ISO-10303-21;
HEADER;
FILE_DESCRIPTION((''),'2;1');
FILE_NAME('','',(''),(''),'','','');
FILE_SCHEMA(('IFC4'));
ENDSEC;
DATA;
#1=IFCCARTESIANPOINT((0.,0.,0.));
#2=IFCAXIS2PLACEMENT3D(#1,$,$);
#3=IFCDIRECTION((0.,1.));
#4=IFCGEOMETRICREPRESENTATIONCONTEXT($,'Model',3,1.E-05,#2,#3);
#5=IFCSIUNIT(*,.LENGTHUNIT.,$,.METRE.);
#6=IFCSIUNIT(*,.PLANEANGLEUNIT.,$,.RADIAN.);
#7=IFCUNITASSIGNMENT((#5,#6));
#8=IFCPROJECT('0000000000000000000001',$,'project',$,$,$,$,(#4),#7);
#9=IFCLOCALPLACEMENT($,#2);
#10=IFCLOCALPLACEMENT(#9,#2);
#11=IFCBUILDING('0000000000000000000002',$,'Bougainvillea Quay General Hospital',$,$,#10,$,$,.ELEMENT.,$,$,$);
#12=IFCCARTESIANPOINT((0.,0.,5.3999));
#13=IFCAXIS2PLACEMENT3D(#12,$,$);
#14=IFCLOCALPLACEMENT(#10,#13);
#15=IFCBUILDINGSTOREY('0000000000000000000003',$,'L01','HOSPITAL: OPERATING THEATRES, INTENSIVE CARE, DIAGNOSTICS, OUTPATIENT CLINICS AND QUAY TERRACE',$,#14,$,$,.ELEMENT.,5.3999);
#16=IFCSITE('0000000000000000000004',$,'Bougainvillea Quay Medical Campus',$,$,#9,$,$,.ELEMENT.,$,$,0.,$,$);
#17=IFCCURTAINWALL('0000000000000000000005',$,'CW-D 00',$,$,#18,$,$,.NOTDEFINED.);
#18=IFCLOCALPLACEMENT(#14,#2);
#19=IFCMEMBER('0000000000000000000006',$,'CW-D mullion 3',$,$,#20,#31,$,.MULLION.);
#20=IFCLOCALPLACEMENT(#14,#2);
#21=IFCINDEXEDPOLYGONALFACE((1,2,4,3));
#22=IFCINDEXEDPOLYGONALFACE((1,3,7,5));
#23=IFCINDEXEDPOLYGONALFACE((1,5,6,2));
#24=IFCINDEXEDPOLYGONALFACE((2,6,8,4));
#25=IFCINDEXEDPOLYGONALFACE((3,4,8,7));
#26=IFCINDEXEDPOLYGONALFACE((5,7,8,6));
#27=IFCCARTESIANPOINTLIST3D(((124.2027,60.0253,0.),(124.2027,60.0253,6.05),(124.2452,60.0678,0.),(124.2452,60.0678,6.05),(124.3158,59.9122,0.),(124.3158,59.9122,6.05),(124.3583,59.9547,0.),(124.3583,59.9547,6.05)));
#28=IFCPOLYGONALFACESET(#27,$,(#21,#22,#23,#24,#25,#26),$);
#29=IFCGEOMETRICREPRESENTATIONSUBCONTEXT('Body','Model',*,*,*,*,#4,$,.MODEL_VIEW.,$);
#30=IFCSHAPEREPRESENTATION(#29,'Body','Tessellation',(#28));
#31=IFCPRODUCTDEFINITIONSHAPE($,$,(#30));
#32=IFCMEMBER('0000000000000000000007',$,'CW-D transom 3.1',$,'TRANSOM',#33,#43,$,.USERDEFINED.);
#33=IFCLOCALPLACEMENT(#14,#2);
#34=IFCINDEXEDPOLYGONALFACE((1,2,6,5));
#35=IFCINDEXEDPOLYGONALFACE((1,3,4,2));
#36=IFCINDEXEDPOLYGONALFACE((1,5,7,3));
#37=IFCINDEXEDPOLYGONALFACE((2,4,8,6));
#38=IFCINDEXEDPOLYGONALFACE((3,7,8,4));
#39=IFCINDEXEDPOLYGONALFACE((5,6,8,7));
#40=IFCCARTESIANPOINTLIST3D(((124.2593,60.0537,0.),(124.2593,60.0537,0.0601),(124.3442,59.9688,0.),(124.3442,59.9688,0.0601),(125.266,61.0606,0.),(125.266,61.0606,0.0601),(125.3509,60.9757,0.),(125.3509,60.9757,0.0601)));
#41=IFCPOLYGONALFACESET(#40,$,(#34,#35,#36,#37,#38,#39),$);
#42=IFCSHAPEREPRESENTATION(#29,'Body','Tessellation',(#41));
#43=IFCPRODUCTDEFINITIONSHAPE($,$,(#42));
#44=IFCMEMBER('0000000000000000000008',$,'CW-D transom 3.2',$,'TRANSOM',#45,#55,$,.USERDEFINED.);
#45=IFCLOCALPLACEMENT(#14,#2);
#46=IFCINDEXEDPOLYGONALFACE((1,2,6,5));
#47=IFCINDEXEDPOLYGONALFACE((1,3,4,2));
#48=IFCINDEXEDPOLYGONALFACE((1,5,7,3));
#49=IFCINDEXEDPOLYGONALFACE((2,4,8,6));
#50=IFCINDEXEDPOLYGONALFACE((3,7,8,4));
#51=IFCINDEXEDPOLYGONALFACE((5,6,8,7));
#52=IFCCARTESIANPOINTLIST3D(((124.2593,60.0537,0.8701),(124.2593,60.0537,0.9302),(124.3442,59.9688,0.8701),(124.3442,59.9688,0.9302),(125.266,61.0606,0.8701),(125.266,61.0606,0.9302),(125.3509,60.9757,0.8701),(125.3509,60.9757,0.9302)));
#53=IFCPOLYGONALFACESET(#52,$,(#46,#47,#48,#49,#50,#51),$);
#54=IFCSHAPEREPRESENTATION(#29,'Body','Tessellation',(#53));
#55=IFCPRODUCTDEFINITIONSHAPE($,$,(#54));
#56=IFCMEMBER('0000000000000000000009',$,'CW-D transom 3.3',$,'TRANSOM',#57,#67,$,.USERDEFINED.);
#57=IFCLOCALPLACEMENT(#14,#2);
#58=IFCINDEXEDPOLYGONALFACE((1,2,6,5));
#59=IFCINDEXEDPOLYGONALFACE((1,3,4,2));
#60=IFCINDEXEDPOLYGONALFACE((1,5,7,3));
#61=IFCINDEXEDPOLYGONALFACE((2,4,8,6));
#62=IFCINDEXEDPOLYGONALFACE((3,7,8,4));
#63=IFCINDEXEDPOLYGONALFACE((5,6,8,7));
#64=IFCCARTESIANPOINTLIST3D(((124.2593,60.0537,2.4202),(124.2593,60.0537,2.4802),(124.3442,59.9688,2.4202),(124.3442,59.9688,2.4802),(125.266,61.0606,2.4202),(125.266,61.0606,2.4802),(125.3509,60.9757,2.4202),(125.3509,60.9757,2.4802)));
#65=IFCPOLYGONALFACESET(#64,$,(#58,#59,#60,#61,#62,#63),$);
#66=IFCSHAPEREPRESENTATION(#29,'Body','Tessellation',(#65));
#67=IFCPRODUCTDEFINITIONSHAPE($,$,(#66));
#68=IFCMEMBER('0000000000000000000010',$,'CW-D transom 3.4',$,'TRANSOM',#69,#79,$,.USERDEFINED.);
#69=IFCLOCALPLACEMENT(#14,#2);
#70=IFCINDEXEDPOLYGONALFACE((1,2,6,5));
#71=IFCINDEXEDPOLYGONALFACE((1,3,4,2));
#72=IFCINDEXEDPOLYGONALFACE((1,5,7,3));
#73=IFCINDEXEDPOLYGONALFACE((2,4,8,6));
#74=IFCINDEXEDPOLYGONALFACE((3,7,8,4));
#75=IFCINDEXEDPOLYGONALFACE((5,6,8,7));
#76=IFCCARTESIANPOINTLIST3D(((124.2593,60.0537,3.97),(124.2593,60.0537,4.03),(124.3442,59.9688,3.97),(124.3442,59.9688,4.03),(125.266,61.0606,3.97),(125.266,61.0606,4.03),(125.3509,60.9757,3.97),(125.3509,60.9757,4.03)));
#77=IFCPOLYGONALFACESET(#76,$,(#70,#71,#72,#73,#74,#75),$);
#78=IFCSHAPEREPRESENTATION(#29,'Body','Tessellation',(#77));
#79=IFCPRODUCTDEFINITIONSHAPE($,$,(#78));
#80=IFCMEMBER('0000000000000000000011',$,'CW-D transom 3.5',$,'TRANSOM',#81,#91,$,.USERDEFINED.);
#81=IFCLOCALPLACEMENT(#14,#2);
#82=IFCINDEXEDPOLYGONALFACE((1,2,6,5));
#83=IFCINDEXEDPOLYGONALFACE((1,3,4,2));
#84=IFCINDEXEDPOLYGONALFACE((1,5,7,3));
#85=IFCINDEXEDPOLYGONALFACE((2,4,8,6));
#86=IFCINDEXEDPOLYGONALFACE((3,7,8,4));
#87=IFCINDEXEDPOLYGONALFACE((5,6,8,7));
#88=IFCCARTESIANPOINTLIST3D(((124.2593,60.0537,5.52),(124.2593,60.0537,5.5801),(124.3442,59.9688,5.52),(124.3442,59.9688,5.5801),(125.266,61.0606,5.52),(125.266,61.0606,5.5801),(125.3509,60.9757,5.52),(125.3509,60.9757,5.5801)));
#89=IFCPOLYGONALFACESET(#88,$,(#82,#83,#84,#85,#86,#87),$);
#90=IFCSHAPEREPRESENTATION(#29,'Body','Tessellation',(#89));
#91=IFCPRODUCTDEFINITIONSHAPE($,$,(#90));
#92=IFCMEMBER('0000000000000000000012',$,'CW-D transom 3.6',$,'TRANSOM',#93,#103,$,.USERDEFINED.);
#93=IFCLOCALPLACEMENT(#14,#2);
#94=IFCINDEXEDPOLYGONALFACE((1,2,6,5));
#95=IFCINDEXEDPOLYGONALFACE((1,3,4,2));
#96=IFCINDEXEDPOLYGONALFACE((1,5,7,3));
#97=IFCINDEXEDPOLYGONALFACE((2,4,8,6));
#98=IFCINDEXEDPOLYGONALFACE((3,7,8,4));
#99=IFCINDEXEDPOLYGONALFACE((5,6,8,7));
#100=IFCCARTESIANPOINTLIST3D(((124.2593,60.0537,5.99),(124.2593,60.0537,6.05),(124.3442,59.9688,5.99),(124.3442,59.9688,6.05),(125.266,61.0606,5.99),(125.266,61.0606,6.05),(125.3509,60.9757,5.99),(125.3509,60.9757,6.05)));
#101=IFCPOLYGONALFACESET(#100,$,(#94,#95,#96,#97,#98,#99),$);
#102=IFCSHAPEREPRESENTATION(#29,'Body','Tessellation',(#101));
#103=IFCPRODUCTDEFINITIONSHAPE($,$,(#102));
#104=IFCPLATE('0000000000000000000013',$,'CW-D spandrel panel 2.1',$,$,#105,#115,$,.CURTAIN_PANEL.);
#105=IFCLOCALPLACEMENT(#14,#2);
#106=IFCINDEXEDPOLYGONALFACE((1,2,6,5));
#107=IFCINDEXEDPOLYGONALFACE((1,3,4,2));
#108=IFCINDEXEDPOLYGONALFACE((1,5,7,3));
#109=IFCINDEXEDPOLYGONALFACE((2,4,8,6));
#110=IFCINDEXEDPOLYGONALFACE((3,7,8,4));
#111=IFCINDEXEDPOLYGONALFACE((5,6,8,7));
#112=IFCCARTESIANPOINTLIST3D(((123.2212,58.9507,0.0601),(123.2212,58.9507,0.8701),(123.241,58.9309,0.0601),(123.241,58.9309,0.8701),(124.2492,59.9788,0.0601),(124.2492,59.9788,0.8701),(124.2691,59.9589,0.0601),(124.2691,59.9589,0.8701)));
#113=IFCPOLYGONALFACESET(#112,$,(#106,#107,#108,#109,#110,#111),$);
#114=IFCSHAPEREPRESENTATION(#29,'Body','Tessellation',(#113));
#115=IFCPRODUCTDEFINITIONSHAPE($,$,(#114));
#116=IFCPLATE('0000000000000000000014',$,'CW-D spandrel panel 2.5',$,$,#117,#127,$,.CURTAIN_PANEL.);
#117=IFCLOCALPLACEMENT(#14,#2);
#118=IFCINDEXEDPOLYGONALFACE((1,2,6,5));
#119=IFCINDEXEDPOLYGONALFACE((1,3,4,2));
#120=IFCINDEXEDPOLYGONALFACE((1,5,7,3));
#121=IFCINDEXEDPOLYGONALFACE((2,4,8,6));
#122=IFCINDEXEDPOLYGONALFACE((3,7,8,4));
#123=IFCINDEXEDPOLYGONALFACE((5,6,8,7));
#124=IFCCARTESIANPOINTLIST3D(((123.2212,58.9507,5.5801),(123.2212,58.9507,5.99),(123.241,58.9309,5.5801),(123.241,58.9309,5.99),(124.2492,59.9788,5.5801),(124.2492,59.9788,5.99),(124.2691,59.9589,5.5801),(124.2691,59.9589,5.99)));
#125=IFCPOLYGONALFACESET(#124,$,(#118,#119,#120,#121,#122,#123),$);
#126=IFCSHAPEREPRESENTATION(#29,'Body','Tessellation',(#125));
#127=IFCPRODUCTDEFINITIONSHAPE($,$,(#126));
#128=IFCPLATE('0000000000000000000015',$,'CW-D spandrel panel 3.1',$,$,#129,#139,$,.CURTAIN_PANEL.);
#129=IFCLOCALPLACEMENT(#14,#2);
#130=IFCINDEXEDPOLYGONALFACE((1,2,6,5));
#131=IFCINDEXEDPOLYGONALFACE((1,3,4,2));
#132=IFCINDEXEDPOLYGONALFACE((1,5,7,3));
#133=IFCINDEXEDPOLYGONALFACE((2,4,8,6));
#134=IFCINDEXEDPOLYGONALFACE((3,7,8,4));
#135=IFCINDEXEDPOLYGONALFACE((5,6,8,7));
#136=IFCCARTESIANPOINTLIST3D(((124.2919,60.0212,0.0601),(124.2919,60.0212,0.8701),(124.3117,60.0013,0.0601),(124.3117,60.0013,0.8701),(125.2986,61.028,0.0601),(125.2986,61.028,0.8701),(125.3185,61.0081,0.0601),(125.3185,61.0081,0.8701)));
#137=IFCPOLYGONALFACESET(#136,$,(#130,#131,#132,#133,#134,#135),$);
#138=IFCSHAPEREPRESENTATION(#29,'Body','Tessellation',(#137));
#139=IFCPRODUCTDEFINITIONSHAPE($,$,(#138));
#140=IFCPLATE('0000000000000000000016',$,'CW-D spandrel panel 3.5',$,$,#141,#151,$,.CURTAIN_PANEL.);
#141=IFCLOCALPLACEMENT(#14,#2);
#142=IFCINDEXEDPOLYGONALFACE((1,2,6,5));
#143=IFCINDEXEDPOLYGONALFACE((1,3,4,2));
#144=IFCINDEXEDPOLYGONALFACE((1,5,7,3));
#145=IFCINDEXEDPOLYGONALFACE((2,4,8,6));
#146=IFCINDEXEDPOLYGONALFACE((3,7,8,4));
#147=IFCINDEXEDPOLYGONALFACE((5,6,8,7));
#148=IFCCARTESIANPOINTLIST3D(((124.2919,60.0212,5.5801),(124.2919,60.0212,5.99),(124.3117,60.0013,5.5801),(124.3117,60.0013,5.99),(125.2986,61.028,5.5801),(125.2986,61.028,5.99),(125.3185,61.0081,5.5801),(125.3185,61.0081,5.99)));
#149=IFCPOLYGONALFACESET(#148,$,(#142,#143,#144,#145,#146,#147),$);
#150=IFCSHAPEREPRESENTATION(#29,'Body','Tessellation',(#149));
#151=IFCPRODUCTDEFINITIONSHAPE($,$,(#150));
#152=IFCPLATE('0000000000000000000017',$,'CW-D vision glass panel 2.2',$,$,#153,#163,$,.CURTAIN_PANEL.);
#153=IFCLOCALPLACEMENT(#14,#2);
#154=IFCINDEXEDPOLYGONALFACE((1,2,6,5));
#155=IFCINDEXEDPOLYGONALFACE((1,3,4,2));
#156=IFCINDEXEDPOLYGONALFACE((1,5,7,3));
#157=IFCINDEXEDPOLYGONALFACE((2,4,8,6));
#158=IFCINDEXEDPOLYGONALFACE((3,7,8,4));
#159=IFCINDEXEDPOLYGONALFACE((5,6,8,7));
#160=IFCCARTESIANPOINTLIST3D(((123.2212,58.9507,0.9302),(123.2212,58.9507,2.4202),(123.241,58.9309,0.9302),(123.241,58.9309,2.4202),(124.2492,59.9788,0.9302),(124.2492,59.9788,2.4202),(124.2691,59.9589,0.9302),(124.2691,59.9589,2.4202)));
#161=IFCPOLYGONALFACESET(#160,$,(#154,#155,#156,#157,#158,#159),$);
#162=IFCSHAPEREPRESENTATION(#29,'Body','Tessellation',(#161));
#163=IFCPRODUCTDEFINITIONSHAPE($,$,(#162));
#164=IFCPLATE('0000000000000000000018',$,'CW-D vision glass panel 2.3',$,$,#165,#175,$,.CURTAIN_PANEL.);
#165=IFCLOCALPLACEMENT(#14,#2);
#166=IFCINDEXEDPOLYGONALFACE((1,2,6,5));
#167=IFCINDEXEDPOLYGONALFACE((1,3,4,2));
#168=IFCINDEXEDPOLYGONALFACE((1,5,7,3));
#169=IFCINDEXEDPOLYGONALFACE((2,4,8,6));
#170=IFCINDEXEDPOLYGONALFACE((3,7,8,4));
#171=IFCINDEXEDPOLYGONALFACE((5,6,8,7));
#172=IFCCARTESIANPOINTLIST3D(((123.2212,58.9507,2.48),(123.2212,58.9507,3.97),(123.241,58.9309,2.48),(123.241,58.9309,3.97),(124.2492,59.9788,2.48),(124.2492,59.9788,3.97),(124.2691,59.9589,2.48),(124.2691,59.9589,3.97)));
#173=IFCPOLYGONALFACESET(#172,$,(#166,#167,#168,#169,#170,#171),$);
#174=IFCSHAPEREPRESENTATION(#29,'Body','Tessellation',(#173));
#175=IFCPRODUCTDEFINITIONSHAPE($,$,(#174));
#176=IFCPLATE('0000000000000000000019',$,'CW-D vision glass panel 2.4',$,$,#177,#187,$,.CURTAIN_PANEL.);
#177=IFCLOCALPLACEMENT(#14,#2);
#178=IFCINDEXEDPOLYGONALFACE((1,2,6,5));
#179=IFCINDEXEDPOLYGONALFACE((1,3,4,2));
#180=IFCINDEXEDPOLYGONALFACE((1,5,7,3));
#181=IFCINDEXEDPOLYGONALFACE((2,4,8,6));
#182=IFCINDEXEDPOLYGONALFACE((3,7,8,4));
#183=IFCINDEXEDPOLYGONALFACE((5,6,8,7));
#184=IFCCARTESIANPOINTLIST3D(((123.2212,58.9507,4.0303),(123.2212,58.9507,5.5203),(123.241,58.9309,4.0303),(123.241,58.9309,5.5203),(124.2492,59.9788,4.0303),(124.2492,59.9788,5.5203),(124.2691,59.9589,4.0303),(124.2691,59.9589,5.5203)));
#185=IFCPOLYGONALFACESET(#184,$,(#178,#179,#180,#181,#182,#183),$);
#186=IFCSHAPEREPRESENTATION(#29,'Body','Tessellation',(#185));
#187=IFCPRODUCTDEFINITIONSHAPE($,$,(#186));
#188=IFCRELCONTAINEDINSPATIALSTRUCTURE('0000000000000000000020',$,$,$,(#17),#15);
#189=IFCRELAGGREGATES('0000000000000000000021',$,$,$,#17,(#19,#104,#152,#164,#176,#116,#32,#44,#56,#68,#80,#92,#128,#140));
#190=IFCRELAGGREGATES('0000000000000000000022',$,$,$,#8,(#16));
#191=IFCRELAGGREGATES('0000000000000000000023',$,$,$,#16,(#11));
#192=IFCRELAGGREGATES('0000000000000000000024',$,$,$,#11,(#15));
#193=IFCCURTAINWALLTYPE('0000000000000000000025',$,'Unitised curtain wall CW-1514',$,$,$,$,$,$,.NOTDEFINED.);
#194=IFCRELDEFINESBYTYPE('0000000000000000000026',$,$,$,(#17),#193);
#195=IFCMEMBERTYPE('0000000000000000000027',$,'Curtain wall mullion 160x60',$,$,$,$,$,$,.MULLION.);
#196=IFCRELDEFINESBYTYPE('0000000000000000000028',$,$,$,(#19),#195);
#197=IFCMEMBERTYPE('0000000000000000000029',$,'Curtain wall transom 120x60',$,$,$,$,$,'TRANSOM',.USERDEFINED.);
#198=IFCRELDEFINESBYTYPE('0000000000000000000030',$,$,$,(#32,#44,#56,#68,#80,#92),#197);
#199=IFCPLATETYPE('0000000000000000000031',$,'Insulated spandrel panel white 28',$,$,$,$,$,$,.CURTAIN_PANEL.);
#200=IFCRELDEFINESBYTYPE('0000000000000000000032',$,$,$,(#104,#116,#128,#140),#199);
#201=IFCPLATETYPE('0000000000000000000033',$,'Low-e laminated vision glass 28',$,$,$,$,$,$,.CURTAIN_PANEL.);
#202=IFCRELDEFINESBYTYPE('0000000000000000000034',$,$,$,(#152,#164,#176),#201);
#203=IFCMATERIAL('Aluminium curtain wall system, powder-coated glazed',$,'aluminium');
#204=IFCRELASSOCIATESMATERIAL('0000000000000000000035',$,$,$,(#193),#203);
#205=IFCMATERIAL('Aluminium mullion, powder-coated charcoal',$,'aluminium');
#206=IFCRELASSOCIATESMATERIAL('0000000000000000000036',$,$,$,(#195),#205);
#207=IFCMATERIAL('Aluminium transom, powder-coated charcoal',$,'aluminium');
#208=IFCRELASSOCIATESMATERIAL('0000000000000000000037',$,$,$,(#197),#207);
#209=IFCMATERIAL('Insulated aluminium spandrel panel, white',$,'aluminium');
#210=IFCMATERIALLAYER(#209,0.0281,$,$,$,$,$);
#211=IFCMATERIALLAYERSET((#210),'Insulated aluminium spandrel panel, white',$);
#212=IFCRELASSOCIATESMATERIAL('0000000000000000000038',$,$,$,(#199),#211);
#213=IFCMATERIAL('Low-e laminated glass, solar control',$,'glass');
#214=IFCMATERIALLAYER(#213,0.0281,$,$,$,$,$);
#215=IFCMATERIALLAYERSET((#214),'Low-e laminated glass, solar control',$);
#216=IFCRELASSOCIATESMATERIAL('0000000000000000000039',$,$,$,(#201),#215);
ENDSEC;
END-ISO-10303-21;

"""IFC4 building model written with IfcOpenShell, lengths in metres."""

from ifc_helpers import new_model, si_unit, direction, frame, origin, origin_2d, place, context, subcontext, project, spatial, rectangle, extrude, material, layer, layer_set, material_profile, profile_set, type_object, element, aggregate, save


model = new_model("IFC4")

# Units and contexts
model_context = context("Model", 3, precision=1e-05, world=origin(), true_north=direction((0.0, 1.0)))
body_context = subcontext(model_context, "Body", "Model", "MODEL_VIEW")
ifc_project = project(units=[si_unit("LENGTHUNIT", "METRE"), si_unit("PLANEANGLEUNIT", "RADIAN")], contexts=[model_context])

# Site, building, storey
site_placement = place(None, origin())
site = spatial("IfcSite", under=ifc_project, at=site_placement, Name="Bougainvillea Quay Medical Campus", CompositionType="ELEMENT", RefElevation=0.0)
building_placement = place(site_placement, origin())
building = spatial("IfcBuilding", under=site, at=building_placement, Name="Bougainvillea Quay General Hospital", CompositionType="ELEMENT")
storey_placement = place(building_placement, frame((0.0, 0.0, 5.3999)))
storey = spatial("IfcBuildingStorey", under=building, at=storey_placement, Name="L01", Description="HOSPITAL: OPERATING THEATRES, INTENSIVE CARE, DIAGNOSTICS, OUTPATIENT CLINICS AND QUAY TERRACE", CompositionType="ELEMENT", Elevation=5.3999)

# Curtain wall, members, plates
ifc_material_1 = material(Name="Aluminium curtain wall system, powder-coated glazed", Category="aluminium")
curtain_wall_type = type_object("IfcCurtainWallType", Name="Unitised curtain wall CW-1514", PredefinedType="NOTDEFINED", material=ifc_material_1)
curtain_wall_placement = place(storey_placement, origin())
curtain_wall = element("IfcCurtainWall", 1, at=curtain_wall_placement, inside=storey, type_object=curtain_wall_type, Name="CW-D 00", PredefinedType="NOTDEFINED")
ifc_material_2 = material(Name="Aluminium mullion, powder-coated charcoal", Category="aluminium")
ifc_material_profile_1 = material_profile(ifc_material_2, rectangle(XDim=0.1599, YDim=0.0601, at=origin_2d()))
ifc_profile_set_1 = profile_set([ifc_material_profile_1], Name="Aluminium mullion, powder-coated charcoal")
member_type_1 = type_object("IfcMemberType", Name="Curtain wall mullion 160x60", PredefinedType="MULLION", material=ifc_profile_set_1)
member_1_placement = place(storey_placement, frame((124.2805, 59.99, 0.0), z_axis=(0.0, 0.0, 1.0), x_axis=(-0.707107, 0.707107, 0.0)))
member_1 = element("IfcMember", 2, at=member_1_placement, type_object=member_type_1, Name="CW-D mullion 3", PredefinedType="MULLION", context=body_context, shape_type="SweptSolid", body=[
    extrude(rectangle(XDim=0.1599, YDim=0.0601, at=origin_2d()), origin(), (0.0, 0.0, 1.0), 6.05),
])
ifc_material_3 = material(Name="Aluminium transom, powder-coated charcoal", Category="aluminium")
ifc_material_profile_2 = material_profile(ifc_material_3, rectangle(XDim=0.1201, YDim=0.0601, at=origin_2d()))
ifc_profile_set_2 = profile_set([ifc_material_profile_2], Name="Aluminium transom, powder-coated charcoal")
member_type_2 = type_object("IfcMemberType", Name="Curtain wall transom 120x60", ElementType="TRANSOM", PredefinedType="USERDEFINED", material=ifc_profile_set_2)
member_2_placement = place(storey_placement, frame((124.3018, 60.0112, 0.03), z_axis=(0.707021, 0.707193, 0.0), x_axis=(-0.707193, 0.707021, 0.0)))
member_2 = element("IfcMember", 3, at=member_2_placement, type_object=member_type_2, Name="CW-D transom 3.1", ObjectType="TRANSOM", PredefinedType="USERDEFINED", context=body_context, shape_type="SweptSolid", body=[
    extrude(rectangle(XDim=0.1201, YDim=0.0601, at=origin_2d()), origin(), (0.0, 0.0, 1.0), 1.4238),
])
member_3_placement = place(storey_placement, frame((124.3018, 60.0112, 0.9001), z_axis=(0.707021, 0.707193, 0.0), x_axis=(-0.707193, 0.707021, 0.0)))
member_3 = element("IfcMember", 4, at=member_3_placement, type_object=member_type_2, Name="CW-D transom 3.2", ObjectType="TRANSOM", PredefinedType="USERDEFINED", context=body_context, shape_type="SweptSolid", body=[
    extrude(rectangle(XDim=0.1201, YDim=0.0601, at=origin_2d()), origin(), (0.0, 0.0, 1.0), 1.4238),
])
member_4_placement = place(storey_placement, frame((124.3018, 60.0112, 2.4502), z_axis=(0.707021, 0.707193, 0.0), x_axis=(-0.707193, 0.707021, 0.0)))
member_4 = element("IfcMember", 5, at=member_4_placement, type_object=member_type_2, Name="CW-D transom 3.3", ObjectType="TRANSOM", PredefinedType="USERDEFINED", context=body_context, shape_type="SweptSolid", body=[
    extrude(rectangle(XDim=0.1201, YDim=0.0601, at=origin_2d()), origin(), (0.0, 0.0, 1.0), 1.4238),
])
member_5_placement = place(storey_placement, frame((124.3018, 60.0112, 4.0), z_axis=(0.707021, 0.707193, 0.0), x_axis=(-0.707193, 0.707021, 0.0)))
member_5 = element("IfcMember", 6, at=member_5_placement, type_object=member_type_2, Name="CW-D transom 3.4", ObjectType="TRANSOM", PredefinedType="USERDEFINED", context=body_context, shape_type="SweptSolid", body=[
    extrude(rectangle(XDim=0.1201, YDim=0.0601, at=origin_2d()), origin(), (0.0, 0.0, 1.0), 1.4238),
])
member_6_placement = place(storey_placement, frame((124.3018, 60.0112, 5.55), z_axis=(0.707021, 0.707193, 0.0), x_axis=(-0.707193, 0.707021, 0.0)))
member_6 = element("IfcMember", 7, at=member_6_placement, type_object=member_type_2, Name="CW-D transom 3.5", ObjectType="TRANSOM", PredefinedType="USERDEFINED", context=body_context, shape_type="SweptSolid", body=[
    extrude(rectangle(XDim=0.1201, YDim=0.0601, at=origin_2d()), origin(), (0.0, 0.0, 1.0), 1.4238),
])
member_7_placement = place(storey_placement, frame((124.3018, 60.0112, 6.02), z_axis=(0.707021, 0.707193, 0.0), x_axis=(-0.707193, 0.707021, 0.0)))
member_7 = element("IfcMember", 8, at=member_7_placement, type_object=member_type_2, Name="CW-D transom 3.6", ObjectType="TRANSOM", PredefinedType="USERDEFINED", context=body_context, shape_type="SweptSolid", body=[
    extrude(rectangle(XDim=0.1201, YDim=0.0601, at=origin_2d()), origin(), (0.0, 0.0, 1.0), 1.4238),
])
ifc_material_4 = material(Name="Insulated aluminium spandrel panel, white", Category="aluminium")
ifc_layer_1 = layer(ifc_material_4, 0.0281)
ifc_layer_set_1 = layer_set([ifc_layer_1], Name="Insulated aluminium spandrel panel, white")
plate_type_1 = type_object("IfcPlateType", Name="Insulated spandrel panel white 28", PredefinedType="CURTAIN_PANEL", material=ifc_layer_set_1)
plate_1_placement = place(storey_placement, frame((123.7451, 59.4548, 0.0601), z_axis=(0.0, 0.0, 1.0), x_axis=(0.707107, 0.707107, 0.0)))
plate_1 = element("IfcPlate", 9, at=plate_1_placement, type_object=plate_type_1, Name="CW-D spandrel panel 2.1", PredefinedType="CURTAIN_PANEL", context=body_context, shape_type="SweptSolid", body=[
    extrude(rectangle(XDim=1.4539, YDim=0.0281, at=origin_2d()), origin(), (0.0, 0.0, 1.0), 0.8101),
])
plate_2_placement = place(storey_placement, frame((123.7451, 59.4548, 5.5801), z_axis=(0.0, 0.0, 1.0), x_axis=(0.707107, 0.707107, 0.0)))
plate_2 = element("IfcPlate", 10, at=plate_2_placement, type_object=plate_type_1, Name="CW-D spandrel panel 2.5", PredefinedType="CURTAIN_PANEL", context=body_context, shape_type="SweptSolid", body=[
    extrude(rectangle(XDim=1.4539, YDim=0.0281, at=origin_2d()), origin(), (0.0, 0.0, 1.0), 0.4099),
])
plate_3_placement = place(storey_placement, frame((124.8052, 60.5146, 0.0601), z_axis=(0.0, 0.0, 1.0), x_axis=(0.707107, 0.707107, 0.0)))
plate_3 = element("IfcPlate", 11, at=plate_3_placement, type_object=plate_type_1, Name="CW-D spandrel panel 3.1", PredefinedType="CURTAIN_PANEL", context=body_context, shape_type="SweptSolid", body=[
    extrude(rectangle(XDim=1.4238, YDim=0.0281, at=origin_2d()), origin(), (0.0, 0.0, 1.0), 0.8101),
])
plate_4_placement = place(storey_placement, frame((124.8052, 60.5146, 5.5801), z_axis=(0.0, 0.0, 1.0), x_axis=(0.707107, 0.707107, 0.0)))
plate_4 = element("IfcPlate", 12, at=plate_4_placement, type_object=plate_type_1, Name="CW-D spandrel panel 3.5", PredefinedType="CURTAIN_PANEL", context=body_context, shape_type="SweptSolid", body=[
    extrude(rectangle(XDim=1.4238, YDim=0.0281, at=origin_2d()), origin(), (0.0, 0.0, 1.0), 0.4099),
])
ifc_material_5 = material(Name="Low-e laminated glass, solar control", Category="glass")
ifc_layer_2 = layer(ifc_material_5, 0.0281)
ifc_layer_set_2 = layer_set([ifc_layer_2], Name="Low-e laminated glass, solar control")
plate_type_2 = type_object("IfcPlateType", Name="Low-e laminated vision glass 28", PredefinedType="CURTAIN_PANEL", material=ifc_layer_set_2)
plate_5_placement = place(storey_placement, frame((123.7451, 59.4548, 0.9302), z_axis=(0.0, 0.0, 1.0), x_axis=(0.707107, 0.707107, 0.0)))
plate_5 = element("IfcPlate", 13, at=plate_5_placement, type_object=plate_type_2, Name="CW-D vision glass panel 2.2", PredefinedType="CURTAIN_PANEL", context=body_context, shape_type="SweptSolid", body=[
    extrude(rectangle(XDim=1.4539, YDim=0.0281, at=origin_2d()), origin(), (0.0, 0.0, 1.0), 1.49),
])
plate_6_placement = place(storey_placement, frame((123.7451, 59.4548, 2.48), z_axis=(0.0, 0.0, 1.0), x_axis=(0.707107, 0.707107, 0.0)))
plate_6 = element("IfcPlate", 14, at=plate_6_placement, type_object=plate_type_2, Name="CW-D vision glass panel 2.3", PredefinedType="CURTAIN_PANEL", context=body_context, shape_type="SweptSolid", body=[
    extrude(rectangle(XDim=1.4539, YDim=0.0281, at=origin_2d()), origin(), (0.0, 0.0, 1.0), 1.49),
])
plate_7_placement = place(storey_placement, frame((123.7451, 59.4548, 4.0303), z_axis=(0.0, 0.0, 1.0), x_axis=(0.707107, 0.707107, 0.0)))
plate_7 = element("IfcPlate", 15, at=plate_7_placement, type_object=plate_type_2, Name="CW-D vision glass panel 2.4", PredefinedType="CURTAIN_PANEL", context=body_context, shape_type="SweptSolid", body=[
    extrude(rectangle(XDim=1.4539, YDim=0.0281, at=origin_2d()), origin(), (0.0, 0.0, 1.0), 1.49),
])
aggregate(curtain_wall, [member_1, plate_1, plate_5, plate_6, plate_7, plate_2, member_2, member_3, member_4, member_5, member_6, member_7, plate_3, plate_4])

save(model, "model.ifc")
